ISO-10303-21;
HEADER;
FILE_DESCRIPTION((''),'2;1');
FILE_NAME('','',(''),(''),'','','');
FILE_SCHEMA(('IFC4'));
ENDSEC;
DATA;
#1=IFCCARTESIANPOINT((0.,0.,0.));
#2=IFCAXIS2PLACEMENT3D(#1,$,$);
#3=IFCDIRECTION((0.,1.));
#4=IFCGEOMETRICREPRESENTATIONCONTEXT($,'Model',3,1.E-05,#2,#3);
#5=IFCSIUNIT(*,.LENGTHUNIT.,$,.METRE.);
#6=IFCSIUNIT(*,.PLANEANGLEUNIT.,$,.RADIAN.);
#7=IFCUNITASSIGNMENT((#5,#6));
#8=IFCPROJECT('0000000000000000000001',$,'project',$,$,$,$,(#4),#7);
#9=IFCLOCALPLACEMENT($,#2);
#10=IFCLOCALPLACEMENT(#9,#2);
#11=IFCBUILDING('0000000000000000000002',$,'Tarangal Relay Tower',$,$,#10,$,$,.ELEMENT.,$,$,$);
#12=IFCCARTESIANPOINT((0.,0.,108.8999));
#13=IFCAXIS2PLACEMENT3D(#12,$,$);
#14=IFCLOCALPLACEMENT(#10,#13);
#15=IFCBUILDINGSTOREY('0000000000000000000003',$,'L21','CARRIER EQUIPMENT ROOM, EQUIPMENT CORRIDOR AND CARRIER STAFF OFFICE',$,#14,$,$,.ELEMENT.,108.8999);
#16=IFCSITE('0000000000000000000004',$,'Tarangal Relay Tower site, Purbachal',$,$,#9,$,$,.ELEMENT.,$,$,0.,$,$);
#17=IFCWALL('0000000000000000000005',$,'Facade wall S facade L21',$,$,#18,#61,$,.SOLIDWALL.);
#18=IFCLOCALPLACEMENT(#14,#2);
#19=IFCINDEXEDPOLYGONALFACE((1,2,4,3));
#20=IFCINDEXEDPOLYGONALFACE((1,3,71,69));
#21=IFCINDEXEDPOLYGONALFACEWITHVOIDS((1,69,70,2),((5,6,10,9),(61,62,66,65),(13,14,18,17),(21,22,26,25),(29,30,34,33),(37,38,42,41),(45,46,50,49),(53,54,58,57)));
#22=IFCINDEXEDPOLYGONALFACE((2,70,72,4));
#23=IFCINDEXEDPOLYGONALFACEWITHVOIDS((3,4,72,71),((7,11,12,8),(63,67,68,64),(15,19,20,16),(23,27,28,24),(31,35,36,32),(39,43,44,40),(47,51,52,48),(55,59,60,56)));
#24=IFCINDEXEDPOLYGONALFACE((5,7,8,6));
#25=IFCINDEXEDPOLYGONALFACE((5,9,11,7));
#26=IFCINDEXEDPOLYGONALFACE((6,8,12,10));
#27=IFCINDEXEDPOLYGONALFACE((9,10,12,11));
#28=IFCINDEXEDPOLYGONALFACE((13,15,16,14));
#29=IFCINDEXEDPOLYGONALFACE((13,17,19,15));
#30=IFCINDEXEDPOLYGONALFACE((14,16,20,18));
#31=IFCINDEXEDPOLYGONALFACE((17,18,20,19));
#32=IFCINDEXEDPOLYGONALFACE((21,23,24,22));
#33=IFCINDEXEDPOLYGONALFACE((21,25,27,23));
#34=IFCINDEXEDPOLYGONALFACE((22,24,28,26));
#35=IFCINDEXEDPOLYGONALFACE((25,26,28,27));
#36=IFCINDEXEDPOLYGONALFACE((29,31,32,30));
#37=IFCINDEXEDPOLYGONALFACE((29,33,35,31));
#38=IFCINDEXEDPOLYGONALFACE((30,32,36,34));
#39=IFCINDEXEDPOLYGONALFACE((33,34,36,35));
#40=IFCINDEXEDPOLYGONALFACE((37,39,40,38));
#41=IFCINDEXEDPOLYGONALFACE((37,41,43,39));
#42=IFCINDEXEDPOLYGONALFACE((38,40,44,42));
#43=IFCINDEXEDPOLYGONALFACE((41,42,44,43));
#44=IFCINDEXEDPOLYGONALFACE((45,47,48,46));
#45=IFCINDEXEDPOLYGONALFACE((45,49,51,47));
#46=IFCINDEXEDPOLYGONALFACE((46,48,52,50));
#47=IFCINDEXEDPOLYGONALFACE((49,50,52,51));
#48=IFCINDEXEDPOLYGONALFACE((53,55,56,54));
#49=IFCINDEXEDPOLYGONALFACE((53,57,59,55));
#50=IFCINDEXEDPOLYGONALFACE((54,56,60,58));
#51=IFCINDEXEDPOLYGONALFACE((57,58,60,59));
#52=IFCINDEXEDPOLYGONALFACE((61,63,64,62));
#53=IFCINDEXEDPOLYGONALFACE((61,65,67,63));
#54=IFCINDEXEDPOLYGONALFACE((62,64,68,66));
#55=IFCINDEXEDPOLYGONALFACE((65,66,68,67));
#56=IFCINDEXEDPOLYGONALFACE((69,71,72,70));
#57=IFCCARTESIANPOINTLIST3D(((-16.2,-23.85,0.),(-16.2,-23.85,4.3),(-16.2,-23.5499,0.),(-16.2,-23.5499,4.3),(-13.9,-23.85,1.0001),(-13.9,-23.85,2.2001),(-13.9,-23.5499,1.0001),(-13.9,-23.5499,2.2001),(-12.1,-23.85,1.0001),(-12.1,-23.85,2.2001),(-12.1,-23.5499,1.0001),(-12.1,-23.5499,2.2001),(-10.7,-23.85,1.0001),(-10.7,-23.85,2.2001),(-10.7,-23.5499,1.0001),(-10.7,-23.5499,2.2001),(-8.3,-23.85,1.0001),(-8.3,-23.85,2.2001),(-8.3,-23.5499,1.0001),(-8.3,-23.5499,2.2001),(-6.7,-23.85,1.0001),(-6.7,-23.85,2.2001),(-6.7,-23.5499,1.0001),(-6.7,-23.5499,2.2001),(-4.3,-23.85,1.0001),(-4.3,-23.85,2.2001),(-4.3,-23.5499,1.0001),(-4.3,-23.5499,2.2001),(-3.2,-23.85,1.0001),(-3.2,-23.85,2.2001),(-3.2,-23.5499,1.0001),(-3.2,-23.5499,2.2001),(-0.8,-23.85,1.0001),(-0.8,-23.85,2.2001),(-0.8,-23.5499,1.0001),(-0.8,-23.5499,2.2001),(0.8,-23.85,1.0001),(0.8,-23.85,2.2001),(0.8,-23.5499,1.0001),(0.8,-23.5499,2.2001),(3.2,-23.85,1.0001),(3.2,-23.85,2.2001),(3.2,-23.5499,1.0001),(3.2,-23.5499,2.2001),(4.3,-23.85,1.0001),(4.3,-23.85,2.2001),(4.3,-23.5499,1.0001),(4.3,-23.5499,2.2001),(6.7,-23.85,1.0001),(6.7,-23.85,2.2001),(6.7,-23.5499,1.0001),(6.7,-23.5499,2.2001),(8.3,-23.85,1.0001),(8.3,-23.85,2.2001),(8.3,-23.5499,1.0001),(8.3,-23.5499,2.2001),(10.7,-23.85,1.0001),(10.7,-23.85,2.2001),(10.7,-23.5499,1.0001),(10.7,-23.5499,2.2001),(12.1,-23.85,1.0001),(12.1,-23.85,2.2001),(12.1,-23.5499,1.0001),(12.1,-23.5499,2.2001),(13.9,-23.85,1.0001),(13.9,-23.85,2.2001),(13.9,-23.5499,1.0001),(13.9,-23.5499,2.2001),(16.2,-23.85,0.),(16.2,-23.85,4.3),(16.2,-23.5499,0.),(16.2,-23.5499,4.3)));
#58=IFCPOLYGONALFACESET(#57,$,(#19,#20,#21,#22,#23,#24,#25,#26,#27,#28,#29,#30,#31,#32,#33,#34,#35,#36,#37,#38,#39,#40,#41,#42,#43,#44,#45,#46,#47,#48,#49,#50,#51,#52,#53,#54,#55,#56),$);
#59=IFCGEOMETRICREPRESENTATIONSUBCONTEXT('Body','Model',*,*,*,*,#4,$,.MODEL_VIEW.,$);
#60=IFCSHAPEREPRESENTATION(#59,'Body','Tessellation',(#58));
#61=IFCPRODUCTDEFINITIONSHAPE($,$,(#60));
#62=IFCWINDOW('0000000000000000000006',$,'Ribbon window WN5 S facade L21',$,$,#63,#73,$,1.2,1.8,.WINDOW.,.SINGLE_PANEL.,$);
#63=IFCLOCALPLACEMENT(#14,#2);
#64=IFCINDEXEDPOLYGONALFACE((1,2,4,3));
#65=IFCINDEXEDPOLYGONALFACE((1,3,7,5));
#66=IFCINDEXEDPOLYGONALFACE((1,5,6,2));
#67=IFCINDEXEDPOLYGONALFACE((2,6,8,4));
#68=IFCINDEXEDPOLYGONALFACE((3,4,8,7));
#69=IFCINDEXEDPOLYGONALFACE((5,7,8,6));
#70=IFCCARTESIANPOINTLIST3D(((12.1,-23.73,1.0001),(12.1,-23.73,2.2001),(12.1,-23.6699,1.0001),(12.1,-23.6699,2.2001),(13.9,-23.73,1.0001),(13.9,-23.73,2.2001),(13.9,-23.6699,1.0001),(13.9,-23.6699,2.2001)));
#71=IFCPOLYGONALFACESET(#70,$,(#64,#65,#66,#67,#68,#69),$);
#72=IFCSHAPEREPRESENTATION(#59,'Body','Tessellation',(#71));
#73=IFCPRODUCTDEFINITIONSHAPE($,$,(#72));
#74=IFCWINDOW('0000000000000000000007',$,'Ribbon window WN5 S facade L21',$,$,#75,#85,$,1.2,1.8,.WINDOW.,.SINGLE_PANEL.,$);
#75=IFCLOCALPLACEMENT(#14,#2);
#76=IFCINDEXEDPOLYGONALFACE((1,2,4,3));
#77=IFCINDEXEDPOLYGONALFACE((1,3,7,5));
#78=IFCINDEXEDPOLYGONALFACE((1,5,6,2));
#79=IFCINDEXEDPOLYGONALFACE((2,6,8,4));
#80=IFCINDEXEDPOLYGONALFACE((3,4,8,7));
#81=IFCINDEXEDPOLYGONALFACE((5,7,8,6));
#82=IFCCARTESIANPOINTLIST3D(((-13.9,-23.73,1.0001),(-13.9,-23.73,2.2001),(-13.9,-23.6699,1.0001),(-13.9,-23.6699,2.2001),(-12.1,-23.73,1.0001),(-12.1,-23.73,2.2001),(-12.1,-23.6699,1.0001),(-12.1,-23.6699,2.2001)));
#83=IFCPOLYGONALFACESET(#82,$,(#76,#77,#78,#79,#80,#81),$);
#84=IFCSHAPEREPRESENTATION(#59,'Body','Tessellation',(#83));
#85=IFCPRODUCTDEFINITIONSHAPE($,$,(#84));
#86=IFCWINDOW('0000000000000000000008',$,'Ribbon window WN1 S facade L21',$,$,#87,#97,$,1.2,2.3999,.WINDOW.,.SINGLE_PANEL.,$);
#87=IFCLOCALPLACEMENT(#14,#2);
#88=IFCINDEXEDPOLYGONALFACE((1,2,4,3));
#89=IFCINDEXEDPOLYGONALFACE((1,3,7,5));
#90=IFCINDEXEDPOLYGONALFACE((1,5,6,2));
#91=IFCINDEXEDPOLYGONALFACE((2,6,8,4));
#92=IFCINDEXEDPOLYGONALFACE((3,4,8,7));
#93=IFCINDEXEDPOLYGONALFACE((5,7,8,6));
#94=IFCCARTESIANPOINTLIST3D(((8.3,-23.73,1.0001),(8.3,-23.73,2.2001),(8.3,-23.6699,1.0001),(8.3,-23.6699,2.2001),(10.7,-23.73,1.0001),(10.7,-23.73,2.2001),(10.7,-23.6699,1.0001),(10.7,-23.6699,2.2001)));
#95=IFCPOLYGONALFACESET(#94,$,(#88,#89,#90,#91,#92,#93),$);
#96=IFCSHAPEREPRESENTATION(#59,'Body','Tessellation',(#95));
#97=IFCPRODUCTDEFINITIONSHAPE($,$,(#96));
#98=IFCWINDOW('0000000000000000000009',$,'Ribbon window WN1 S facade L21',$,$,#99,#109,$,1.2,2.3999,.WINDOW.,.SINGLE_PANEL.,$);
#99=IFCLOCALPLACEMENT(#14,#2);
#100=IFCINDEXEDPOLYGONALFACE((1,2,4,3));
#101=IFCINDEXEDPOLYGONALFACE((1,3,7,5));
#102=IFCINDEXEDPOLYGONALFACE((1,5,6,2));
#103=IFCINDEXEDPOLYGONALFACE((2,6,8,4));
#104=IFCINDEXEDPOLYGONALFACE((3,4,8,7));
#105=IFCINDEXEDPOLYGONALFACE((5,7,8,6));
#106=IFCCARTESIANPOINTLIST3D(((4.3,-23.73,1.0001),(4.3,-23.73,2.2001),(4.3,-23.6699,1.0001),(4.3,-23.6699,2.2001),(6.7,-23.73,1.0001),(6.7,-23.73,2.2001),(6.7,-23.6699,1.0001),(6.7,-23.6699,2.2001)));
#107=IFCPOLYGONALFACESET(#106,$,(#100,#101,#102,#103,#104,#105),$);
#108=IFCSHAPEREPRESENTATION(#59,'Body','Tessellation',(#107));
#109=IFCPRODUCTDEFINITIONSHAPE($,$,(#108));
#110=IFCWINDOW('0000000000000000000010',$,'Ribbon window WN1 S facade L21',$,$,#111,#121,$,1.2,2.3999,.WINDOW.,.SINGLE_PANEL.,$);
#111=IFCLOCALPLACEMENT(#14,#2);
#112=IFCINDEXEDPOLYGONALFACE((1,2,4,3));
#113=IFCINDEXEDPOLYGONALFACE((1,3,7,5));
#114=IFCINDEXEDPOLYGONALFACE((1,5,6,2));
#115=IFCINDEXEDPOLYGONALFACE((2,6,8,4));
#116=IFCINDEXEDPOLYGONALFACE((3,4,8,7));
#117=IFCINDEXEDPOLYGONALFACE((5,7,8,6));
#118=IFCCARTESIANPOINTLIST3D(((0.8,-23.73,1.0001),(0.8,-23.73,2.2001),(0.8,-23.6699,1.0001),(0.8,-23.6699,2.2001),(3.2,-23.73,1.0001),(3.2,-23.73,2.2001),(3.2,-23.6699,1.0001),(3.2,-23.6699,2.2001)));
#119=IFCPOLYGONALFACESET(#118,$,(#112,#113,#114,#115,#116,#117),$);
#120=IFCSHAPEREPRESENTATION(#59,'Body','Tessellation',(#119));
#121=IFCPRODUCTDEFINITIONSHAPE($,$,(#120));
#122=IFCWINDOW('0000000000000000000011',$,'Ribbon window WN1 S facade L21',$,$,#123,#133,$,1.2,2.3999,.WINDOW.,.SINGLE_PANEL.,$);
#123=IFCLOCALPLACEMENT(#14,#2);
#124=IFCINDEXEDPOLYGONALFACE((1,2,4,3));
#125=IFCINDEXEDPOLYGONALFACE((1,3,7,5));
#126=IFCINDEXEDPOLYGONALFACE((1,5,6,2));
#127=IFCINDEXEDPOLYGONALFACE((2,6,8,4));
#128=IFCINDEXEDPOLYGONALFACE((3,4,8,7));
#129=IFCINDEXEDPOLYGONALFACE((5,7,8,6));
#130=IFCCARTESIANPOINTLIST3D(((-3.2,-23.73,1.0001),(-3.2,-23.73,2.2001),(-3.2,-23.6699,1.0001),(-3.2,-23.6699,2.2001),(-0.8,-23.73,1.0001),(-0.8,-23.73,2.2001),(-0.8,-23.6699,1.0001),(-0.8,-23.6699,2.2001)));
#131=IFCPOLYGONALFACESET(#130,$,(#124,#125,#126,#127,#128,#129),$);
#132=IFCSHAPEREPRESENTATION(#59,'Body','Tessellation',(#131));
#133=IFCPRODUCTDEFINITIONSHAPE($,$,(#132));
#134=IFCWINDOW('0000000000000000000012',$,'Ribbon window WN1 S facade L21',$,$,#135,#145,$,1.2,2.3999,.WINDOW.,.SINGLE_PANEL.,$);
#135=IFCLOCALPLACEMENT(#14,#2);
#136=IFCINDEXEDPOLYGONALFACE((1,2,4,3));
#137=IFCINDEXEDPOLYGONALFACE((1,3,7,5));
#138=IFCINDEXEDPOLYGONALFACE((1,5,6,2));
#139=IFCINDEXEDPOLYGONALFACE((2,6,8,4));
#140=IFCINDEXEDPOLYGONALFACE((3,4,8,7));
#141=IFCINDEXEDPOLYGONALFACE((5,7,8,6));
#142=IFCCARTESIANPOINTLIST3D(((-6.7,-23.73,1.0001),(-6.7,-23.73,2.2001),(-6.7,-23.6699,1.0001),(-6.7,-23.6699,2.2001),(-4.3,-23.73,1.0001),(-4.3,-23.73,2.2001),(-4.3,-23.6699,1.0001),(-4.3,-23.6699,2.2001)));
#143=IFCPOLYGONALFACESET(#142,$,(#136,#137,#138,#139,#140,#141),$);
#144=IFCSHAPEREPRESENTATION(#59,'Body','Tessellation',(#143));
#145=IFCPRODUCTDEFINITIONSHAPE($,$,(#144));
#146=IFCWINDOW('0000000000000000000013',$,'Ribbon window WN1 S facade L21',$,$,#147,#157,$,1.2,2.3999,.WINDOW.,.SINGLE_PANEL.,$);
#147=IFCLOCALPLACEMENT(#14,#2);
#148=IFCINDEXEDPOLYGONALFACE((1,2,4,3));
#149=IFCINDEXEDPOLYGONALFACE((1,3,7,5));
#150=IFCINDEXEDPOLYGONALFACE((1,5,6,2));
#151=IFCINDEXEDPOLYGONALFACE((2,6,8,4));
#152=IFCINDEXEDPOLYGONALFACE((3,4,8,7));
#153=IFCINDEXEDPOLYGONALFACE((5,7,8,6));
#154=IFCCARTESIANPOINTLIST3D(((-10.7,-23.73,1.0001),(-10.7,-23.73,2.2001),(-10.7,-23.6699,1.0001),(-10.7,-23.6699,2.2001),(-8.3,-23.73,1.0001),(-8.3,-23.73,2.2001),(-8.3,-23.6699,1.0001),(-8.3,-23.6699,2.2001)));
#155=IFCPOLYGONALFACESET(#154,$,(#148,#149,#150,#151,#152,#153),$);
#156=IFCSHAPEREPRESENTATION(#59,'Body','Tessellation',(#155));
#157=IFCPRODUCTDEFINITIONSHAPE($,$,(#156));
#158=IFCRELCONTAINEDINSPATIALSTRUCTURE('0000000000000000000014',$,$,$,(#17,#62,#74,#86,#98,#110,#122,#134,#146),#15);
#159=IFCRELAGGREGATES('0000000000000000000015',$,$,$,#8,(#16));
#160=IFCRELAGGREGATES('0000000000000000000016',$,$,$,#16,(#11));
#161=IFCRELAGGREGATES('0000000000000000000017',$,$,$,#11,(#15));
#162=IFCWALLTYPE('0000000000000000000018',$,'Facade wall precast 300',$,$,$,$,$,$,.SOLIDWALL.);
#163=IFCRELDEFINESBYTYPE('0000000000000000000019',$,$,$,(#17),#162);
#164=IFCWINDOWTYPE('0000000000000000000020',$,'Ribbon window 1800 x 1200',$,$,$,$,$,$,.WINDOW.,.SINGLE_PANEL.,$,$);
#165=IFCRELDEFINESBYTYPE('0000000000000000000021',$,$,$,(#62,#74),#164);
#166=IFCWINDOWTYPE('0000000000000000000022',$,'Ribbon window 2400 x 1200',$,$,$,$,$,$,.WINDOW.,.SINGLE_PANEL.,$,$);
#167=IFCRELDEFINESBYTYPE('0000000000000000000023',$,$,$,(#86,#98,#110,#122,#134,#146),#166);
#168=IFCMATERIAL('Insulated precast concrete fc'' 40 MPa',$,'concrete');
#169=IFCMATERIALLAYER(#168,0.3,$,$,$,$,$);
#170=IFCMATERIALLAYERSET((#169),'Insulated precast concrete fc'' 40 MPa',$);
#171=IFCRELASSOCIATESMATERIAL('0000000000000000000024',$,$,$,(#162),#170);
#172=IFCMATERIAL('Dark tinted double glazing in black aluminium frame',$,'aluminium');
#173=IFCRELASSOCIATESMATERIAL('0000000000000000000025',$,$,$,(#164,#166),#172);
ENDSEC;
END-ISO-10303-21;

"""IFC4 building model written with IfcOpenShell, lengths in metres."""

from ifc_helpers import new_model, si_unit, direction, frame, frame_2d, origin, place, context, subcontext, project, spatial, rectangle, extrude, material, layer, layer_set, type_object, element, fill, save


model = new_model("IFC4")

# Units and contexts
model_context = context("Model", 3, precision=1e-05, world=origin(), true_north=direction((0.0, 1.0)))
body_context = subcontext(model_context, "Body", "Model", "MODEL_VIEW")
ifc_project = project(units=[si_unit("LENGTHUNIT", "METRE"), si_unit("PLANEANGLEUNIT", "RADIAN")], contexts=[model_context])

# Site, building, storey
site_placement = place(None, origin())
site = spatial("IfcSite", under=ifc_project, at=site_placement, Name="Tarangal Relay Tower site, Purbachal", CompositionType="ELEMENT", RefElevation=0.0)
building_placement = place(site_placement, origin())
building = spatial("IfcBuilding", under=site, at=building_placement, Name="Tarangal Relay Tower", CompositionType="ELEMENT")
storey_placement = place(building_placement, frame((0.0, 0.0, 108.8999)))
storey = spatial("IfcBuildingStorey", under=building, at=storey_placement, Name="L21", Description="CARRIER EQUIPMENT ROOM, EQUIPMENT CORRIDOR AND CARRIER STAFF OFFICE", CompositionType="ELEMENT", Elevation=108.8999)

# Shared definitions
ifc_material_1 = material(Name="Insulated precast concrete fc' 40 MPa", Category="concrete")
ifc_layer_1 = layer(ifc_material_1, 0.3)
ifc_layer_set_1 = layer_set([ifc_layer_1], Name="Insulated precast concrete fc' 40 MPa")
wall_type_1 = type_object("IfcWallType", Name="Facade wall precast 300", PredefinedType="SOLIDWALL", material=ifc_layer_set_1)

# Wall, openings, windows
wall_1_placement = place(storey_placement, frame((16.2, -23.7, 0.0), z_axis=(0.0, 0.0, 1.0), x_axis=(-1.0, 0.0, 0.0)))
wall_1 = element("IfcWall", 1, at=wall_1_placement, inside=storey, type_object=wall_type_1, Name="Facade wall S facade L21", PredefinedType="SOLIDWALL", context=body_context, shape_type="SweptSolid", body=[
    extrude(rectangle(XDim=32.3999, YDim=0.3, at=frame_2d((16.2, 0.0))), origin(), (0.0, 0.0, 1.0), 4.3),
])
opening_1_placement = place(wall_1_placement, frame((2.3, 0.0, 1.0)))
opening_1 = element("IfcOpeningElement", 2, at=opening_1_placement, cuts=wall_1, PredefinedType="OPENING", context=body_context, shape_type="SweptSolid", body=[
    extrude(rectangle(XDim=1.8, YDim=1.2, at=frame_2d((0.8999, 0.6001))), frame((0.0, 0.1599, 0.0), z_axis=(0.0, -1.0, 0.0), x_axis=(1.0, 0.0, 0.0)), (0.0, 0.0, 1.0), 0.3201),
])
opening_2_placement = place(wall_1_placement, frame((5.5, 0.0, 1.0)))
opening_2 = element("IfcOpeningElement", 3, at=opening_2_placement, cuts=wall_1, PredefinedType="OPENING", context=body_context, shape_type="SweptSolid", body=[
    extrude(rectangle(XDim=2.3999, YDim=1.2, at=frame_2d((1.2, 0.6001))), frame((0.0, 0.1599, 0.0), z_axis=(0.0, -1.0, 0.0), x_axis=(1.0, 0.0, 0.0)), (0.0, 0.0, 1.0), 0.3201),
])
opening_3_placement = place(wall_1_placement, frame((9.5, 0.0, 1.0)))
opening_3 = element("IfcOpeningElement", 4, at=opening_3_placement, cuts=wall_1, PredefinedType="OPENING", context=body_context, shape_type="SweptSolid", body=[
    extrude(rectangle(XDim=2.3999, YDim=1.2, at=frame_2d((1.2, 0.6001))), frame((0.0, 0.1599, 0.0), z_axis=(0.0, -1.0, 0.0), x_axis=(1.0, 0.0, 0.0)), (0.0, 0.0, 1.0), 0.3201),
])
opening_4_placement = place(wall_1_placement, frame((13.0, 0.0, 1.0)))
opening_4 = element("IfcOpeningElement", 5, at=opening_4_placement, cuts=wall_1, PredefinedType="OPENING", context=body_context, shape_type="SweptSolid", body=[
    extrude(rectangle(XDim=2.3999, YDim=1.2, at=frame_2d((1.2, 0.6001))), frame((0.0, 0.1599, 0.0), z_axis=(0.0, -1.0, 0.0), x_axis=(1.0, 0.0, 0.0)), (0.0, 0.0, 1.0), 0.3201),
])
opening_5_placement = place(wall_1_placement, frame((17.0, 0.0, 1.0)))
opening_5 = element("IfcOpeningElement", 6, at=opening_5_placement, cuts=wall_1, PredefinedType="OPENING", context=body_context, shape_type="SweptSolid", body=[
    extrude(rectangle(XDim=2.3999, YDim=1.2, at=frame_2d((1.2, 0.6001))), frame((0.0, 0.1599, 0.0), z_axis=(0.0, -1.0, 0.0), x_axis=(1.0, 0.0, 0.0)), (0.0, 0.0, 1.0), 0.3201),
])
opening_6_placement = place(wall_1_placement, frame((20.5, 0.0, 1.0)))
opening_6 = element("IfcOpeningElement", 7, at=opening_6_placement, cuts=wall_1, PredefinedType="OPENING", context=body_context, shape_type="SweptSolid", body=[
    extrude(rectangle(XDim=2.3999, YDim=1.2, at=frame_2d((1.2, 0.6001))), frame((0.0, 0.1599, 0.0), z_axis=(0.0, -1.0, 0.0), x_axis=(1.0, 0.0, 0.0)), (0.0, 0.0, 1.0), 0.3201),
])
opening_7_placement = place(wall_1_placement, frame((24.5, 0.0, 1.0)))
opening_7 = element("IfcOpeningElement", 8, at=opening_7_placement, cuts=wall_1, PredefinedType="OPENING", context=body_context, shape_type="SweptSolid", body=[
    extrude(rectangle(XDim=2.3999, YDim=1.2, at=frame_2d((1.2, 0.6001))), frame((0.0, 0.1599, 0.0), z_axis=(0.0, -1.0, 0.0), x_axis=(1.0, 0.0, 0.0)), (0.0, 0.0, 1.0), 0.3201),
])
opening_8_placement = place(wall_1_placement, frame((28.3, 0.0, 1.0)))
opening_8 = element("IfcOpeningElement", 9, at=opening_8_placement, cuts=wall_1, PredefinedType="OPENING", context=body_context, shape_type="SweptSolid", body=[
    extrude(rectangle(XDim=1.8, YDim=1.2, at=frame_2d((0.8999, 0.6001))), frame((0.0, 0.1599, 0.0), z_axis=(0.0, -1.0, 0.0), x_axis=(1.0, 0.0, 0.0)), (0.0, 0.0, 1.0), 0.3201),
])
ifc_material_2 = material(Name="Dark tinted double glazing in black aluminium frame", Category="aluminium")
window_type_1 = type_object("IfcWindowType", Name="Ribbon window 1800 x 1200", PartitioningType="SINGLE_PANEL", PredefinedType="WINDOW", material=ifc_material_2)
window_1_placement = place(opening_1_placement, origin())
window_1 = element("IfcWindow", 10, at=window_1_placement, inside=storey, type_object=window_type_1, Name="Ribbon window WN5 S facade L21", OverallHeight=1.2, OverallWidth=1.8, PartitioningType="SINGLE_PANEL", PredefinedType="WINDOW", context=body_context, shape_type="SweptSolid", body=[
    extrude(rectangle(XDim=1.8, YDim=1.2, at=frame_2d((0.8999, 0.6001))), frame((0.0, 0.03, 0.0), z_axis=(0.0, -1.0, 0.0), x_axis=(1.0, 0.0, 0.0)), (0.0, 0.0, 1.0), 0.0601),
])
fill(opening_1, window_1)
window_2_placement = place(opening_8_placement, origin())
window_2 = element("IfcWindow", 11, at=window_2_placement, inside=storey, type_object=window_type_1, Name="Ribbon window WN5 S facade L21", OverallHeight=1.2, OverallWidth=1.8, PartitioningType="SINGLE_PANEL", PredefinedType="WINDOW", context=body_context, shape_type="SweptSolid", body=[
    extrude(rectangle(XDim=1.8, YDim=1.2, at=frame_2d((0.8999, 0.6001))), frame((0.0, 0.03, 0.0), z_axis=(0.0, -1.0, 0.0), x_axis=(1.0, 0.0, 0.0)), (0.0, 0.0, 1.0), 0.0601),
])
fill(opening_8, window_2)
window_type_2 = type_object("IfcWindowType", Name="Ribbon window 2400 x 1200", PartitioningType="SINGLE_PANEL", PredefinedType="WINDOW", material=ifc_material_2)
window_3_placement = place(opening_2_placement, origin())
window_3 = element("IfcWindow", 12, at=window_3_placement, inside=storey, type_object=window_type_2, Name="Ribbon window WN1 S facade L21", OverallHeight=1.2, OverallWidth=2.3999, PartitioningType="SINGLE_PANEL", PredefinedType="WINDOW", context=body_context, shape_type="SweptSolid", body=[
    extrude(rectangle(XDim=2.3999, YDim=1.2, at=frame_2d((1.2, 0.6001))), frame((0.0, 0.03, 0.0), z_axis=(0.0, -1.0, 0.0), x_axis=(1.0, 0.0, 0.0)), (0.0, 0.0, 1.0), 0.0601),
])
fill(opening_2, window_3)
window_4_placement = place(opening_3_placement, origin())
window_4 = element("IfcWindow", 13, at=window_4_placement, inside=storey, type_object=window_type_2, Name="Ribbon window WN1 S facade L21", OverallHeight=1.2, OverallWidth=2.3999, PartitioningType="SINGLE_PANEL", PredefinedType="WINDOW", context=body_context, shape_type="SweptSolid", body=[
    extrude(rectangle(XDim=2.3999, YDim=1.2, at=frame_2d((1.2, 0.6001))), frame((0.0, 0.03, 0.0), z_axis=(0.0, -1.0, 0.0), x_axis=(1.0, 0.0, 0.0)), (0.0, 0.0, 1.0), 0.0601),
])
fill(opening_3, window_4)
window_5_placement = place(opening_4_placement, origin())
window_5 = element("IfcWindow", 14, at=window_5_placement, inside=storey, type_object=window_type_2, Name="Ribbon window WN1 S facade L21", OverallHeight=1.2, OverallWidth=2.3999, PartitioningType="SINGLE_PANEL", PredefinedType="WINDOW", context=body_context, shape_type="SweptSolid", body=[
    extrude(rectangle(XDim=2.3999, YDim=1.2, at=frame_2d((1.2, 0.6001))), frame((0.0, 0.03, 0.0), z_axis=(0.0, -1.0, 0.0), x_axis=(1.0, 0.0, 0.0)), (0.0, 0.0, 1.0), 0.0601),
])
fill(opening_4, window_5)
window_6_placement = place(opening_5_placement, origin())
window_6 = element("IfcWindow", 15, at=window_6_placement, inside=storey, type_object=window_type_2, Name="Ribbon window WN1 S facade L21", OverallHeight=1.2, OverallWidth=2.3999, PartitioningType="SINGLE_PANEL", PredefinedType="WINDOW", context=body_context, shape_type="SweptSolid", body=[
    extrude(rectangle(XDim=2.3999, YDim=1.2, at=frame_2d((1.2, 0.6001))), frame((0.0, 0.03, 0.0), z_axis=(0.0, -1.0, 0.0), x_axis=(1.0, 0.0, 0.0)), (0.0, 0.0, 1.0), 0.0601),
])
fill(opening_5, window_6)
window_7_placement = place(opening_6_placement, origin())
window_7 = element("IfcWindow", 16, at=window_7_placement, inside=storey, type_object=window_type_2, Name="Ribbon window WN1 S facade L21", OverallHeight=1.2, OverallWidth=2.3999, PartitioningType="SINGLE_PANEL", PredefinedType="WINDOW", context=body_context, shape_type="SweptSolid", body=[
    extrude(rectangle(XDim=2.3999, YDim=1.2, at=frame_2d((1.2, 0.6001))), frame((0.0, 0.03, 0.0), z_axis=(0.0, -1.0, 0.0), x_axis=(1.0, 0.0, 0.0)), (0.0, 0.0, 1.0), 0.0601),
])
fill(opening_6, window_7)
window_8_placement = place(opening_7_placement, origin())
window_8 = element("IfcWindow", 17, at=window_8_placement, inside=storey, type_object=window_type_2, Name="Ribbon window WN1 S facade L21", OverallHeight=1.2, OverallWidth=2.3999, PartitioningType="SINGLE_PANEL", PredefinedType="WINDOW", context=body_context, shape_type="SweptSolid", body=[
    extrude(rectangle(XDim=2.3999, YDim=1.2, at=frame_2d((1.2, 0.6001))), frame((0.0, 0.03, 0.0), z_axis=(0.0, -1.0, 0.0), x_axis=(1.0, 0.0, 0.0)), (0.0, 0.0, 1.0), 0.0601),
])
fill(opening_7, window_8)

save(model, "model.ifc")
